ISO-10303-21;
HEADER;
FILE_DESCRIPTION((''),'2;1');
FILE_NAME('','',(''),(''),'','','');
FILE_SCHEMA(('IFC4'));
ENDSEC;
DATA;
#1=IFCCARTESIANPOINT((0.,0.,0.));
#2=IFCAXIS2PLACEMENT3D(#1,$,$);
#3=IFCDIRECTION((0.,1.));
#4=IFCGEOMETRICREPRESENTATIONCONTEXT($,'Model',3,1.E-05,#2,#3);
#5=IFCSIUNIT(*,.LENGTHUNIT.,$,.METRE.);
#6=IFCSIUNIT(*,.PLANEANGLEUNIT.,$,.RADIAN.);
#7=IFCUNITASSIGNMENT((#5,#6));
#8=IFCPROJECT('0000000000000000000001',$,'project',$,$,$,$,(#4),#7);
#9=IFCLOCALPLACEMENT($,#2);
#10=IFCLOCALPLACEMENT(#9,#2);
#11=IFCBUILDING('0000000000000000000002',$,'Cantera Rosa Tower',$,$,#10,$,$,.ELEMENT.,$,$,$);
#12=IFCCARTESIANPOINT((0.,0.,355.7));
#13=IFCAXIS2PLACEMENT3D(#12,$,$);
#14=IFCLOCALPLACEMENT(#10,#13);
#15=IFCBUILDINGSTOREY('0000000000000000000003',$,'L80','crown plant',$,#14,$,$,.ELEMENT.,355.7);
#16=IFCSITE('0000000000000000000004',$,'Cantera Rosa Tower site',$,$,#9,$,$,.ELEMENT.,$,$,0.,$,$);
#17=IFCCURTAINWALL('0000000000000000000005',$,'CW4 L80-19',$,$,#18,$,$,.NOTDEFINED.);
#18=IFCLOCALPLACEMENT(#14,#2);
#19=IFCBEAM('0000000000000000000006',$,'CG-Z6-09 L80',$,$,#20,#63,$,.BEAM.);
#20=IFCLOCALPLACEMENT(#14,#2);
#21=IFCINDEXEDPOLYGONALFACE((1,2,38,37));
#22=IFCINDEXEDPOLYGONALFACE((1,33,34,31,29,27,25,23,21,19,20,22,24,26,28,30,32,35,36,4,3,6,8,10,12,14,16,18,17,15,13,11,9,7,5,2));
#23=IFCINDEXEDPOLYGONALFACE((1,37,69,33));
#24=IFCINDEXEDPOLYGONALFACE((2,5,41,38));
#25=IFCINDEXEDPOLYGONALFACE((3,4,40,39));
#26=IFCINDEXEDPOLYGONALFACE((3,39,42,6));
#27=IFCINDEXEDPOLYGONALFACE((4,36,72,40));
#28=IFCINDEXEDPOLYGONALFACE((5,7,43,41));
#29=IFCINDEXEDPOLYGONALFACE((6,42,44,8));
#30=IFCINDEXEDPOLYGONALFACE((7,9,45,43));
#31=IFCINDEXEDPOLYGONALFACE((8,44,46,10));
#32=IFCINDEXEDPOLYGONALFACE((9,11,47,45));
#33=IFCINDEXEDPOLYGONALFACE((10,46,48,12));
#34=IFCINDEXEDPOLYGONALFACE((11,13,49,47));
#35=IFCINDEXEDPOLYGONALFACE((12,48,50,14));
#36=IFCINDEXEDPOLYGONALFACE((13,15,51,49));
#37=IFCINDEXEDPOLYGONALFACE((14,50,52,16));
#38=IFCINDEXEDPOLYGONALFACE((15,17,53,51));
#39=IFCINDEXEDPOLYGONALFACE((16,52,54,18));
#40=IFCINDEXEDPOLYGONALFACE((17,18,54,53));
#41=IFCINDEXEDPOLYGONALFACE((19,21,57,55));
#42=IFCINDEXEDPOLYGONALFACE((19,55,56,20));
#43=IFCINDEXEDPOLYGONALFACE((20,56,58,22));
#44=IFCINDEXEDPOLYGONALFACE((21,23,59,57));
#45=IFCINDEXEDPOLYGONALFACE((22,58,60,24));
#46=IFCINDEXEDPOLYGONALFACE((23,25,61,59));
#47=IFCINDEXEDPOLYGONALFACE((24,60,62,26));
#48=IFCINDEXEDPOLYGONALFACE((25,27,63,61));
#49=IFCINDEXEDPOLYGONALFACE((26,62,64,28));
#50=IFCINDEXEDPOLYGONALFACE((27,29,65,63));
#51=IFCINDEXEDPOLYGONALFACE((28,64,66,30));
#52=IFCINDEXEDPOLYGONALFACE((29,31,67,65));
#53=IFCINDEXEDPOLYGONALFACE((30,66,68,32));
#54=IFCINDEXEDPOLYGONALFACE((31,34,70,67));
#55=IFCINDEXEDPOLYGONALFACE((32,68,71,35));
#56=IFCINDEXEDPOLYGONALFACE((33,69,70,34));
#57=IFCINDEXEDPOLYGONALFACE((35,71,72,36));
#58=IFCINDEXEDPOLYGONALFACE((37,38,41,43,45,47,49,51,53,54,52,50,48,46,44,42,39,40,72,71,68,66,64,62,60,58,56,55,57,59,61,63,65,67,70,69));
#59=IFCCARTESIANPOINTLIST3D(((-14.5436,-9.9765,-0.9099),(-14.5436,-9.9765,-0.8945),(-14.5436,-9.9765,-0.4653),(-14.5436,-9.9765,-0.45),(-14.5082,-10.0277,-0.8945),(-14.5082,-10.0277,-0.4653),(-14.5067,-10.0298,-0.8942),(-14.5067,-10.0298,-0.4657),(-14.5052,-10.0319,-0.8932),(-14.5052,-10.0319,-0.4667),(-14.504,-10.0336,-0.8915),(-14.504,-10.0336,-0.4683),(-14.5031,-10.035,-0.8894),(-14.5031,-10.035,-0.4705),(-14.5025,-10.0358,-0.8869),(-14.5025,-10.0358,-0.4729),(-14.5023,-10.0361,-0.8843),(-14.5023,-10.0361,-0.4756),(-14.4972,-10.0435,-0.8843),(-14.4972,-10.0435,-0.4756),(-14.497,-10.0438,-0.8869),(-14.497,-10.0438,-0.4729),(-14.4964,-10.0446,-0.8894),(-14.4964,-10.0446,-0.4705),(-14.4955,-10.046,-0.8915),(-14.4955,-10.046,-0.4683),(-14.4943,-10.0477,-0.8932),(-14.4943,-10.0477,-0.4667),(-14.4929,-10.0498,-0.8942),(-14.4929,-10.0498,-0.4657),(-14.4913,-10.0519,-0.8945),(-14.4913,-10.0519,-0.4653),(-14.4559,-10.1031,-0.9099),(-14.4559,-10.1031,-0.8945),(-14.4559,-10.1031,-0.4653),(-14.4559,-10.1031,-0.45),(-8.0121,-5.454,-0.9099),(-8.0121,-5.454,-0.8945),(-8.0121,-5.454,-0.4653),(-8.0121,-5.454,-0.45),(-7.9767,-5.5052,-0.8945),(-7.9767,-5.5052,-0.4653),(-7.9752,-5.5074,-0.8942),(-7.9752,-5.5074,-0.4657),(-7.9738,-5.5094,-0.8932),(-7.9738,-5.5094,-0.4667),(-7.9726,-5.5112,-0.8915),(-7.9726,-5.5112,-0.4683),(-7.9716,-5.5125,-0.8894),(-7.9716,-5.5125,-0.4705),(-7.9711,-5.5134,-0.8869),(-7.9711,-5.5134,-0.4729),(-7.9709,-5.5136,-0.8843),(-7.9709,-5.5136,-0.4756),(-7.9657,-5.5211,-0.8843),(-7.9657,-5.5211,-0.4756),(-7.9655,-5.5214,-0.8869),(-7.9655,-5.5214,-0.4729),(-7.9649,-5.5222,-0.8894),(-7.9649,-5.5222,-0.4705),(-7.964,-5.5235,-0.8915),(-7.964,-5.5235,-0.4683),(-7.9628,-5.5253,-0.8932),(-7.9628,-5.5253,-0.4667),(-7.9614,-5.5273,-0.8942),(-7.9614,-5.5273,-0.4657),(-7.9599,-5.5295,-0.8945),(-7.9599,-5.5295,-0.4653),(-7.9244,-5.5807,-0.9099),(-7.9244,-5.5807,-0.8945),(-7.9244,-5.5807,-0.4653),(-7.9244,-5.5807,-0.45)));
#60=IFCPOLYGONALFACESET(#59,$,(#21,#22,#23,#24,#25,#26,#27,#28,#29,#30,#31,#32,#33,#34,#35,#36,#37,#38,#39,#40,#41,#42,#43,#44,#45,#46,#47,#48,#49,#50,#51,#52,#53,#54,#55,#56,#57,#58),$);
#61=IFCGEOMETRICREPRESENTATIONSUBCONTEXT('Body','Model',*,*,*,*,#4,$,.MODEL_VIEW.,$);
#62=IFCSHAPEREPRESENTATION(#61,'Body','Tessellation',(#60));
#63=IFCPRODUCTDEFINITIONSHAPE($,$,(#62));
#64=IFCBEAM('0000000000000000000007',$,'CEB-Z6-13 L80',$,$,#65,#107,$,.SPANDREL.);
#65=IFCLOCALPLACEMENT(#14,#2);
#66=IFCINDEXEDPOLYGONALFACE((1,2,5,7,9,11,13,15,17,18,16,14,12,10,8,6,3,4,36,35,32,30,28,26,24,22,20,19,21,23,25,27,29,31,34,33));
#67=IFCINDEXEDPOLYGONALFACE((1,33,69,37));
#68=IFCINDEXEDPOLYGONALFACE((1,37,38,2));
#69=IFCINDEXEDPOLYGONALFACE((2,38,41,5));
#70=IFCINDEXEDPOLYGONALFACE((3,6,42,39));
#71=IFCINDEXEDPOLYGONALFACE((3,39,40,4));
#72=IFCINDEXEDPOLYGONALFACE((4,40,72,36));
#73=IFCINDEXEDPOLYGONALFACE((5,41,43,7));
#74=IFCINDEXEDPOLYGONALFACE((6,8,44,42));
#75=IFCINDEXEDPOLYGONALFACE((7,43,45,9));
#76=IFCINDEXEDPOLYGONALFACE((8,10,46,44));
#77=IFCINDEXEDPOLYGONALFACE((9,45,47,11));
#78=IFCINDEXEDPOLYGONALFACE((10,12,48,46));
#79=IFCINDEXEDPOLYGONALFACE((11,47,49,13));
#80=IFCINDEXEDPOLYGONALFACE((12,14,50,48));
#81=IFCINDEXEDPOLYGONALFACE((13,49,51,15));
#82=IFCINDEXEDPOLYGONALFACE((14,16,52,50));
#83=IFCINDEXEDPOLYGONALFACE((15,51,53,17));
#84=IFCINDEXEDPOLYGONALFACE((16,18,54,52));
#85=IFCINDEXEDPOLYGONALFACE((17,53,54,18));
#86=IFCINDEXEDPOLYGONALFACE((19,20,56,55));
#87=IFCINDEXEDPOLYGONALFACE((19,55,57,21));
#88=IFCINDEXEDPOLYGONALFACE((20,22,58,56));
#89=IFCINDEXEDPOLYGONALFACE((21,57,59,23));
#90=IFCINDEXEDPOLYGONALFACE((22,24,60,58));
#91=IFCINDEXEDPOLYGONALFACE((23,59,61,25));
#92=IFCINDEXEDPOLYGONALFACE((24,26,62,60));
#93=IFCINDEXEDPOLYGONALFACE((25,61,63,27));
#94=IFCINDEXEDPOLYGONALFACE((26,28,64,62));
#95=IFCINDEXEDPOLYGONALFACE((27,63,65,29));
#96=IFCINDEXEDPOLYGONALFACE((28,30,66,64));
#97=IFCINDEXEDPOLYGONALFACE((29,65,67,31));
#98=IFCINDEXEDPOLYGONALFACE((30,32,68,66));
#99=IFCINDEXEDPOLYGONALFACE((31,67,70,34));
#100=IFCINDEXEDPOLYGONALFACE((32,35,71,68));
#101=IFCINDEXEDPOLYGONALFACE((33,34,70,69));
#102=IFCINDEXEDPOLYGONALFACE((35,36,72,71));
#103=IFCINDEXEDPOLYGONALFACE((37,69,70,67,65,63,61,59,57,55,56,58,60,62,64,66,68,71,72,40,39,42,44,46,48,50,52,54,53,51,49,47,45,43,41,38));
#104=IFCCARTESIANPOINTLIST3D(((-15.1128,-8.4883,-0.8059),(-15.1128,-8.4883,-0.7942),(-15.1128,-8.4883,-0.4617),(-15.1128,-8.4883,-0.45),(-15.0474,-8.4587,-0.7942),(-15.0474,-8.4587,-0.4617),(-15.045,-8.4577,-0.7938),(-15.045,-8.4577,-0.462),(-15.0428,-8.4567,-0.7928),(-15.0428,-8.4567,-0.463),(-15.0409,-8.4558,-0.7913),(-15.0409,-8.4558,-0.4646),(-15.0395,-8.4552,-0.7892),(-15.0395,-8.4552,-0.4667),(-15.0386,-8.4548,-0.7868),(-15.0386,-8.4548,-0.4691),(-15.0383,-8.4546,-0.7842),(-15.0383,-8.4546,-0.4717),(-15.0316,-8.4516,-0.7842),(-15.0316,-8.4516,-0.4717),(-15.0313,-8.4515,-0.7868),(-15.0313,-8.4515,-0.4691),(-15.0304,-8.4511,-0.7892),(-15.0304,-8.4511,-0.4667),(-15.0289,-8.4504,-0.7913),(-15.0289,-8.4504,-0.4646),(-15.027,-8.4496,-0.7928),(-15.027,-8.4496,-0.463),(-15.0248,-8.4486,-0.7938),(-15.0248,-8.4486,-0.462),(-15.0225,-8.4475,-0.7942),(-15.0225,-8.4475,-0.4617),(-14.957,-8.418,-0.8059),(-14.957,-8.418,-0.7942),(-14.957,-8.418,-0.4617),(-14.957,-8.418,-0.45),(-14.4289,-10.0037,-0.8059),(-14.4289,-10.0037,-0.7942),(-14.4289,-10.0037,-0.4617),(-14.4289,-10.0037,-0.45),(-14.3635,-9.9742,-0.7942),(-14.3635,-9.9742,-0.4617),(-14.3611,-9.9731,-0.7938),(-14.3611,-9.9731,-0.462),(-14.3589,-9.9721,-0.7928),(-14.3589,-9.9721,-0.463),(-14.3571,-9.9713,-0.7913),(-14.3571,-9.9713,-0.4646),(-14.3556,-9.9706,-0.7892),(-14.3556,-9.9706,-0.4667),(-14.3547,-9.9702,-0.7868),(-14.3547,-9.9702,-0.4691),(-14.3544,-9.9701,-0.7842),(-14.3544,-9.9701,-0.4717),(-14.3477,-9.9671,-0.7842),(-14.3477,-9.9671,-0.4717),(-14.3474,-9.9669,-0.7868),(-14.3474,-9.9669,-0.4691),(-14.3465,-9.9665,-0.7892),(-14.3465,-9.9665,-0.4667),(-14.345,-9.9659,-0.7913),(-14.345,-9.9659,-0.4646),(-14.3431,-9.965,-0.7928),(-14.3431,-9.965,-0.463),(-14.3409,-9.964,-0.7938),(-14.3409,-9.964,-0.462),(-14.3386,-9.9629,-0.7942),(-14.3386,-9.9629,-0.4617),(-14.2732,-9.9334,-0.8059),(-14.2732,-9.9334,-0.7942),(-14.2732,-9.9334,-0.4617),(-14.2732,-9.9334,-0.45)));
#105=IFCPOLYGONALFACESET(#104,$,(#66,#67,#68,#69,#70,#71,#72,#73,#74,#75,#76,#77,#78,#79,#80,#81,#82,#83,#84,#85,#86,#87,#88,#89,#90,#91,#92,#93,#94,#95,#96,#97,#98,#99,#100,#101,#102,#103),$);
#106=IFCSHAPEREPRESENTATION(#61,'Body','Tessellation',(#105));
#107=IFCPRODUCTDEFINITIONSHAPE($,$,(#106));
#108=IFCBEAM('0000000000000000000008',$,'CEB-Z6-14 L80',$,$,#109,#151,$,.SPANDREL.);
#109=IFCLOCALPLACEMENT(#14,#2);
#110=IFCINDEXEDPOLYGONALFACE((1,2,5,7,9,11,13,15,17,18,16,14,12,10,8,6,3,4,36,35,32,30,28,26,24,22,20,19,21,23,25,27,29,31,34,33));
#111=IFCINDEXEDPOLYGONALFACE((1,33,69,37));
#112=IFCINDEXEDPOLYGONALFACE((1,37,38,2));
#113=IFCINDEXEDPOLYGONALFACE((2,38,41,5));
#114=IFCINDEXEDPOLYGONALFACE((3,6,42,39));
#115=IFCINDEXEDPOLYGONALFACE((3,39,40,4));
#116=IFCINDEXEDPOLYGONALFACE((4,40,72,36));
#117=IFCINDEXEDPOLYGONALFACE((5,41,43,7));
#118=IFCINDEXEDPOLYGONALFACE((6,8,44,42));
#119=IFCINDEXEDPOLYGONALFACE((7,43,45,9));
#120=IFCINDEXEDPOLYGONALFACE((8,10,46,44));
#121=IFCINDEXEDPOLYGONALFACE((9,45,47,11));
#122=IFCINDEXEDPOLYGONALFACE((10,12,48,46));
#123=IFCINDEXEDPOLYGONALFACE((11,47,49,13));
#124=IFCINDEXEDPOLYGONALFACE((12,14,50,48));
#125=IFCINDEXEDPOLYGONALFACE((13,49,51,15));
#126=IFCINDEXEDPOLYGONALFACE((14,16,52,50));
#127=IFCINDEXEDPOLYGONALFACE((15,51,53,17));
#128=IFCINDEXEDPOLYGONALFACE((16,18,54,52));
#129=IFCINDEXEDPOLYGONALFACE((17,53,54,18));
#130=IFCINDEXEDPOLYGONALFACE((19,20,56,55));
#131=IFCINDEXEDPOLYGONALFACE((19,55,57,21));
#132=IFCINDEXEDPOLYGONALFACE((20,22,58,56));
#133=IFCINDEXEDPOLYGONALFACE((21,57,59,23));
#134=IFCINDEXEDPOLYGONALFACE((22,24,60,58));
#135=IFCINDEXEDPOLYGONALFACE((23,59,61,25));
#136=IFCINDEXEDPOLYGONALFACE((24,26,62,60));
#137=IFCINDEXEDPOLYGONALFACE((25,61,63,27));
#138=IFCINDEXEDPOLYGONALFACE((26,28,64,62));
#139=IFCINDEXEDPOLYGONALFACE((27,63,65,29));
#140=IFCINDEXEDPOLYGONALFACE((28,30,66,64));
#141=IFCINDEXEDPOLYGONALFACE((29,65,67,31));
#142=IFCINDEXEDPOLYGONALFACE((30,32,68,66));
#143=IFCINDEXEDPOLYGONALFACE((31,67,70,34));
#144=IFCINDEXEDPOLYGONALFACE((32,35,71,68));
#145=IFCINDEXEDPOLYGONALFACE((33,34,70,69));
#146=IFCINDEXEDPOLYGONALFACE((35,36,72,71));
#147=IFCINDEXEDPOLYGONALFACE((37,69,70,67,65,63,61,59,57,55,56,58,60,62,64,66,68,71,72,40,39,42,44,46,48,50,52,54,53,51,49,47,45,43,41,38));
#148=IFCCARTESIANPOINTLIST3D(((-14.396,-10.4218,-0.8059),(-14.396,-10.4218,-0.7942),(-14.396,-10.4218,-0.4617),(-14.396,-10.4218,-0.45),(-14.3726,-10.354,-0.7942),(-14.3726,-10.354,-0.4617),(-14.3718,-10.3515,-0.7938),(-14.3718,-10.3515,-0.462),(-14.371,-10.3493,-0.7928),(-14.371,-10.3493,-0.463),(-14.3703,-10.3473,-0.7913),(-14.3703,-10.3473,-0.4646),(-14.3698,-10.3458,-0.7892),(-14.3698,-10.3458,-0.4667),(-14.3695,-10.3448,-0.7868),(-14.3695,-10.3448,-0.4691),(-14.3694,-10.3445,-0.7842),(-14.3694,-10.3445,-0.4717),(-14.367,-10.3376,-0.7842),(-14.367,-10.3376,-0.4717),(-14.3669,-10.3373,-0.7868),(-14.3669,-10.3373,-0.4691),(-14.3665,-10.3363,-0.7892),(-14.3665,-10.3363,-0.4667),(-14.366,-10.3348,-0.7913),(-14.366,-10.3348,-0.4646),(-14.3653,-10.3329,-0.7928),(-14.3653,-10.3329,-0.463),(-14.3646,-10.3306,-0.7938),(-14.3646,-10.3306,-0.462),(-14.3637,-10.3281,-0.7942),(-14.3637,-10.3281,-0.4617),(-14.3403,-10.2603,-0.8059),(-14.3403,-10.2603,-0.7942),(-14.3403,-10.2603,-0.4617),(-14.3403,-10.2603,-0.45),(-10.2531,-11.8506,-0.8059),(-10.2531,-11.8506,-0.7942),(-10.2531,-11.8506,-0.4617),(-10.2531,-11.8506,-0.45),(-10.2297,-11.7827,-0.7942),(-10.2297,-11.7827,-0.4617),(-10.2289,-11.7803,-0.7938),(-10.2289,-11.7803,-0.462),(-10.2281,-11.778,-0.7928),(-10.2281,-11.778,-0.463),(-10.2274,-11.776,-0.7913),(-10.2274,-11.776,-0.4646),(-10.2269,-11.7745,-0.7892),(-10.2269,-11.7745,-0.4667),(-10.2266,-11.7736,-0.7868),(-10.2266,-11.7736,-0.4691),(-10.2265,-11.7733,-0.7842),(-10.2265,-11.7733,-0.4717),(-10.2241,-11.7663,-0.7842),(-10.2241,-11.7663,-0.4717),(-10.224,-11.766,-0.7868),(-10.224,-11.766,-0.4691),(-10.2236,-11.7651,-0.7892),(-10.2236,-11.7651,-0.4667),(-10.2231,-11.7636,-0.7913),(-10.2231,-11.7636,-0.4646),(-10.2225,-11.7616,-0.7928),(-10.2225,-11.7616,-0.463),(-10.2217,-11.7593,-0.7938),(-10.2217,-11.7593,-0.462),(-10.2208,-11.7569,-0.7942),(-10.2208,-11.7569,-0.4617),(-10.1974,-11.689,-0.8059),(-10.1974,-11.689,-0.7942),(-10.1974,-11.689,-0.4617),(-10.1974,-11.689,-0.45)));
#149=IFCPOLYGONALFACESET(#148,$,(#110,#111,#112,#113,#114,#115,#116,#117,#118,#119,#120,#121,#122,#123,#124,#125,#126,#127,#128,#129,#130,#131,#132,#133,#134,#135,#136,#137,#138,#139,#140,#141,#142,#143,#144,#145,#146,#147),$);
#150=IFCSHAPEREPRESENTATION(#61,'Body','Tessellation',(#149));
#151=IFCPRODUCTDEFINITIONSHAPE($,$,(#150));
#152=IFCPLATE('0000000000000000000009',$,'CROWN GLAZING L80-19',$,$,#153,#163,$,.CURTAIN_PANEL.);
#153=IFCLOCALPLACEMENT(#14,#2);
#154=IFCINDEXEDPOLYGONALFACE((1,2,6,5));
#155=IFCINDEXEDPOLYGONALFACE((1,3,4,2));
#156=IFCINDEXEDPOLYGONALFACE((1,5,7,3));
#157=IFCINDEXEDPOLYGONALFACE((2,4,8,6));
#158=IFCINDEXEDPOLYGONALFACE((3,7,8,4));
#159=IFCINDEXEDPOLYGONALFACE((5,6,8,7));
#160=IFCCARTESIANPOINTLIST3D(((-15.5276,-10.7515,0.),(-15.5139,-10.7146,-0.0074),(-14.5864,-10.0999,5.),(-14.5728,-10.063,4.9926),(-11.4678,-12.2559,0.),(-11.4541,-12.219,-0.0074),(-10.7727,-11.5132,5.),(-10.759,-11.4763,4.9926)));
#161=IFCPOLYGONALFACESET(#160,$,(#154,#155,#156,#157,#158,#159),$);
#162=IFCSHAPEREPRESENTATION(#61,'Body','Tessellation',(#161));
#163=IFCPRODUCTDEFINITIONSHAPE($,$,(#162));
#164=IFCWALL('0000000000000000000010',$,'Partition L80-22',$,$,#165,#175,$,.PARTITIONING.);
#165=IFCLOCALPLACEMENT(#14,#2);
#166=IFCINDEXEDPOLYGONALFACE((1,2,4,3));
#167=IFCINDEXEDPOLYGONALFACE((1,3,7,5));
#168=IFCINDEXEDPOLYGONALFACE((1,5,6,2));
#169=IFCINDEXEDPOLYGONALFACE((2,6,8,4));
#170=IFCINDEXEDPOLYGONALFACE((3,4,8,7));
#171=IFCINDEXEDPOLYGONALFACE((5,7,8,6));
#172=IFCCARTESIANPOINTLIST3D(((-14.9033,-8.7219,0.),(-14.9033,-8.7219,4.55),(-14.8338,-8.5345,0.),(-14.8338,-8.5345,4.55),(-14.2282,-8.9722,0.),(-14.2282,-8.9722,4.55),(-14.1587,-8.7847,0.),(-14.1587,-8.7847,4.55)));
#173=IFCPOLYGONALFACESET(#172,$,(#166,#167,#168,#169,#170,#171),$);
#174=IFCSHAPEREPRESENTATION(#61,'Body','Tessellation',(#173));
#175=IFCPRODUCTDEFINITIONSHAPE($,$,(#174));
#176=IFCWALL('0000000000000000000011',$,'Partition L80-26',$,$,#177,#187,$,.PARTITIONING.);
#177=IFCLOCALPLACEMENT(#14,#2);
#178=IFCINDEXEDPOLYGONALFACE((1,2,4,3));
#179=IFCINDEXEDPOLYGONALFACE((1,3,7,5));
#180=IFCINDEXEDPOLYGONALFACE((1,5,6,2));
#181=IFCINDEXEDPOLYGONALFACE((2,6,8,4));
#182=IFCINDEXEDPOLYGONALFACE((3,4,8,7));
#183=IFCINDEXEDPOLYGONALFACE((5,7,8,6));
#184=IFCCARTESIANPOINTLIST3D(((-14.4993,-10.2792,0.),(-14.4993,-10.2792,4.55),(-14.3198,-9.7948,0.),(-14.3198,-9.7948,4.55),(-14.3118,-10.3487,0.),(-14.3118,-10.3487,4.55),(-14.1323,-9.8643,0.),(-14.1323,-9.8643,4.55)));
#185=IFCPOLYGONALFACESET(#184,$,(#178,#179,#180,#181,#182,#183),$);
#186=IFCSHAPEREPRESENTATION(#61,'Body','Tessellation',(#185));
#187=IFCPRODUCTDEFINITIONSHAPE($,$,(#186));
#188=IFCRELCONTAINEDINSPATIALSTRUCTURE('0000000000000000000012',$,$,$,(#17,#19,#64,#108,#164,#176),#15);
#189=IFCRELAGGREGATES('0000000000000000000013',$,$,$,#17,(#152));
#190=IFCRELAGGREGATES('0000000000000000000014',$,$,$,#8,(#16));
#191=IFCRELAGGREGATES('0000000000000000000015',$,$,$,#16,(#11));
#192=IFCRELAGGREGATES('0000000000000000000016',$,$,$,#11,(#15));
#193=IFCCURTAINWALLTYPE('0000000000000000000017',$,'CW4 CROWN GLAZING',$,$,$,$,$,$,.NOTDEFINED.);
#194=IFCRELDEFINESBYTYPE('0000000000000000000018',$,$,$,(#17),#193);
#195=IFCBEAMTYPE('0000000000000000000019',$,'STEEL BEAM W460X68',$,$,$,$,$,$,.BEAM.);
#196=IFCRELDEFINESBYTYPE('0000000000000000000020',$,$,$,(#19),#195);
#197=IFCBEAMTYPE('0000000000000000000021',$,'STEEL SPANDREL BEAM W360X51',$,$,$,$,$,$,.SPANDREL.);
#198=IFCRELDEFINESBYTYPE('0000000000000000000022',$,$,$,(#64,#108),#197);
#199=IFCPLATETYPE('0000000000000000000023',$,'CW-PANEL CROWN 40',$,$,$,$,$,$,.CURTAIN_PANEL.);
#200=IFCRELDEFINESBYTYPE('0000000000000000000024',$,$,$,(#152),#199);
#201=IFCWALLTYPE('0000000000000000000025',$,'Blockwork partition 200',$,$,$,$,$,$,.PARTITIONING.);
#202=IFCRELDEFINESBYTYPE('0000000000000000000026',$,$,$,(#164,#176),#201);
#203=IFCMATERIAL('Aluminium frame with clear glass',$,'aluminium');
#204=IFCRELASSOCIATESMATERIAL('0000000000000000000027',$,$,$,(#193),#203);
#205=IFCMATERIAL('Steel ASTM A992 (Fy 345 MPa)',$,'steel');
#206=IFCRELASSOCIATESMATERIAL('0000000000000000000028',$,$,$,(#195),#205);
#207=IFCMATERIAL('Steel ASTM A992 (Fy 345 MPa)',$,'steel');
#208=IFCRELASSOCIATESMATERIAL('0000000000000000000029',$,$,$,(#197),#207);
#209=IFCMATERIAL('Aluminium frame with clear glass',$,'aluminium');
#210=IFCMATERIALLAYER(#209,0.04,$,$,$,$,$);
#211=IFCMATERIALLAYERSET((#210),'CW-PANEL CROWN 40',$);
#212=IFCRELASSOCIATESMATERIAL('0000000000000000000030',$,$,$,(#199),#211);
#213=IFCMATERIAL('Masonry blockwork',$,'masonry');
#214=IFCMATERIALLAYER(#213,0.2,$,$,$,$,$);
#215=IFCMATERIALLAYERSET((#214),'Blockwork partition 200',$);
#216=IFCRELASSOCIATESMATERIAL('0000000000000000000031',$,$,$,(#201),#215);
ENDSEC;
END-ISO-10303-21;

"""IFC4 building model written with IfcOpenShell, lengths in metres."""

from ifc_helpers import new_model, si_unit, direction, frame, frame_2d, origin, origin_2d, place, context, subcontext, project, spatial, polyline, rectangle, i_section, outline, extrude, material, layer, layer_set, material_profile, profile_set, type_object, element, aggregate, save


model = new_model("IFC4")

# Units and contexts
model_context = context("Model", 3, precision=1e-05, world=origin(), true_north=direction((0.0, 1.0)))
body_context = subcontext(model_context, "Body", "Model", "MODEL_VIEW")
ifc_project = project(units=[si_unit("LENGTHUNIT", "METRE"), si_unit("PLANEANGLEUNIT", "RADIAN")], contexts=[model_context])

# Site, building, storey
site_placement = place(None, origin())
site = spatial("IfcSite", under=ifc_project, at=site_placement, Name="Cantera Rosa Tower site", CompositionType="ELEMENT", RefElevation=0.0)
building_placement = place(site_placement, origin())
building = spatial("IfcBuilding", under=site, at=building_placement, Name="Cantera Rosa Tower", CompositionType="ELEMENT")
storey_placement = place(building_placement, frame((0.0, 0.0, 355.7)))
storey = spatial("IfcBuildingStorey", under=building, at=storey_placement, Name="L80", Description="crown plant", CompositionType="ELEMENT", Elevation=355.7)

# Curtain wall
ifc_material_1 = material(Name="Aluminium frame with clear glass", Category="aluminium")
curtain_wall_type = type_object("IfcCurtainWallType", Name="CW4 CROWN GLAZING", PredefinedType="NOTDEFINED", material=ifc_material_1)
curtain_wall_1_placement = place(storey_placement, origin())
curtain_wall_1 = element("IfcCurtainWall", 1, at=curtain_wall_1_placement, inside=storey, type_object=curtain_wall_type, Name="CW4 L80-19", PredefinedType="NOTDEFINED")

# Beams
ifc_material_2 = material(Name="Steel ASTM A992 (Fy 345 MPa)", Category="steel")
ifc_material_profile_1 = material_profile(ifc_material_2, i_section(OverallWidth=0.1541, OverallDepth=0.46, WebThickness=0.009, FlangeThickness=0.0154, FilletRadius=0.0103, at=origin_2d()), Name="W460X68")
ifc_profile_set_1 = profile_set([ifc_material_profile_1], Name="Steel ASTM A992 (Fy 345 MPa)")
beam_type_1 = type_object("IfcBeamType", Name="STEEL BEAM W460X68", PredefinedType="BEAM", material=ifc_profile_set_1)
beam_1_placement = place(storey_placement, frame((-14.4998, -10.0398, -0.6799), z_axis=(0.822153, 0.569266, 0.0), x_axis=(-0.569266, 0.822153, 0.0)))
element("IfcBeam", 2, at=beam_1_placement, inside=storey, type_object=beam_type_1, Name="CG-Z6-09 L80", PredefinedType="BEAM", context=body_context, shape_type="SweptSolid", body=[
    extrude(i_section(OverallWidth=0.1541, OverallDepth=0.46, WebThickness=0.009, FlangeThickness=0.0154, FilletRadius=0.0103, at=origin_2d()), origin(), (0.0, 0.0, 1.0), 7.9443),
])
ifc_material_3 = material(Name="Steel ASTM A992 (Fy 345 MPa)", Category="steel")
ifc_material_profile_2 = material_profile(ifc_material_3, i_section(OverallWidth=0.1709, OverallDepth=0.356, WebThickness=0.0073, FlangeThickness=0.0117, FilletRadius=0.01, at=origin_2d()), Name="W360X51")
ifc_profile_set_2 = profile_set([ifc_material_profile_2], Name="Steel ASTM A992 (Fy 345 MPa)")
beam_type_2 = type_object("IfcBeamType", Name="STEEL SPANDREL BEAM W360X51", PredefinedType="SPANDREL", material=ifc_profile_set_2)
beam_2_placement = place(storey_placement, frame((-15.0349, -8.4531, -0.6279), z_axis=(0.411323, -0.91149, 0.0), x_axis=(0.91149, 0.411323, 0.0)))
element("IfcBeam", 3, at=beam_2_placement, inside=storey, type_object=beam_type_2, Name="CEB-Z6-13 L80", PredefinedType="SPANDREL", context=body_context, shape_type="SweptSolid", body=[
    extrude(i_section(OverallWidth=0.1709, OverallDepth=0.356, WebThickness=0.0073, FlangeThickness=0.0117, FilletRadius=0.01, at=origin_2d()), origin(), (0.0, 0.0, 1.0), 1.6626),
])
beam_3_placement = place(storey_placement, frame((-14.3682, -10.3411, -0.6279), z_axis=(0.945362, -0.326022, 0.0), x_axis=(0.326022, 0.945362, 0.0)))
element("IfcBeam", 4, at=beam_3_placement, inside=storey, type_object=beam_type_2, Name="CEB-Z6-14 L80", PredefinedType="SPANDREL", context=body_context, shape_type="SweptSolid", body=[
    extrude(i_section(OverallWidth=0.1709, OverallDepth=0.356, WebThickness=0.0073, FlangeThickness=0.0117, FilletRadius=0.01, at=origin_2d()), origin(), (0.0, 0.0, 1.0), 4.3823),
])

# Plate
ifc_material_4 = material(Name="Aluminium frame with clear glass", Category="aluminium")
ifc_layer_1 = layer(ifc_material_4, 0.04)
ifc_layer_set_1 = layer_set([ifc_layer_1], Name="CW-PANEL CROWN 40")
plate_type = type_object("IfcPlateType", Name="CW-PANEL CROWN 40", PredefinedType="CURTAIN_PANEL", material=ifc_layer_set_1)
plate_1_placement = place(storey_placement, frame((-15.5276, -10.7515, 0.0), z_axis=(-0.341524, -0.92161, 0.18438), x_axis=(0.937687, -0.347482, 0.000003)))
plate_1 = element("IfcPlate", 5, at=plate_1_placement, type_object=plate_type, Name="CROWN GLAZING L80-19", PredefinedType="CURTAIN_PANEL", context=body_context, shape_type="SweptSolid", body=[
    extrude(outline(polyline([(0.0, 0.0), (4.3296, 0.0), (4.7233, 5.0872), (0.6561, 5.0872), (0.0, 0.0)])), origin(), (0.0, 0.0, -1.0), 0.04),
])

# Walls
ifc_material_5 = material(Name="Masonry blockwork", Category="masonry")
ifc_layer_2 = layer(ifc_material_5, 0.2)
ifc_layer_set_2 = layer_set([ifc_layer_2], Name="Blockwork partition 200")
wall_type = type_object("IfcWallType", Name="Blockwork partition 200", PredefinedType="PARTITIONING", material=ifc_layer_set_2)
wall_1_placement = place(storey_placement, frame((-14.1936, -8.8784, 0.0), z_axis=(0.0, 0.0, 1.0), x_axis=(-0.937646, 0.34759, 0.0)))
element("IfcWall", 6, at=wall_1_placement, inside=storey, type_object=wall_type, Name="Partition L80-22", PredefinedType="PARTITIONING", context=body_context, shape_type="SweptSolid", body=[
    extrude(rectangle(XDim=0.72, YDim=0.2, at=frame_2d((0.3599, 0.0))), origin(), (0.0, 0.0, 1.0), 4.55),
])
wall_2_placement = place(storey_placement, frame((-14.4055, -10.314, 0.0), z_axis=(0.0, 0.0, 1.0), x_axis=(0.347391, 0.93772, 0.0)))
element("IfcWall", 7, at=wall_2_placement, inside=storey, type_object=wall_type, Name="Partition L80-26", PredefinedType="PARTITIONING", context=body_context, shape_type="SweptSolid", body=[
    extrude(rectangle(XDim=0.5166, YDim=0.2, at=frame_2d((0.2583, 0.0))), origin(), (0.0, 0.0, 1.0), 4.55),
])

aggregate(curtain_wall_1, [plate_1])

save(model, "model.ifc")
